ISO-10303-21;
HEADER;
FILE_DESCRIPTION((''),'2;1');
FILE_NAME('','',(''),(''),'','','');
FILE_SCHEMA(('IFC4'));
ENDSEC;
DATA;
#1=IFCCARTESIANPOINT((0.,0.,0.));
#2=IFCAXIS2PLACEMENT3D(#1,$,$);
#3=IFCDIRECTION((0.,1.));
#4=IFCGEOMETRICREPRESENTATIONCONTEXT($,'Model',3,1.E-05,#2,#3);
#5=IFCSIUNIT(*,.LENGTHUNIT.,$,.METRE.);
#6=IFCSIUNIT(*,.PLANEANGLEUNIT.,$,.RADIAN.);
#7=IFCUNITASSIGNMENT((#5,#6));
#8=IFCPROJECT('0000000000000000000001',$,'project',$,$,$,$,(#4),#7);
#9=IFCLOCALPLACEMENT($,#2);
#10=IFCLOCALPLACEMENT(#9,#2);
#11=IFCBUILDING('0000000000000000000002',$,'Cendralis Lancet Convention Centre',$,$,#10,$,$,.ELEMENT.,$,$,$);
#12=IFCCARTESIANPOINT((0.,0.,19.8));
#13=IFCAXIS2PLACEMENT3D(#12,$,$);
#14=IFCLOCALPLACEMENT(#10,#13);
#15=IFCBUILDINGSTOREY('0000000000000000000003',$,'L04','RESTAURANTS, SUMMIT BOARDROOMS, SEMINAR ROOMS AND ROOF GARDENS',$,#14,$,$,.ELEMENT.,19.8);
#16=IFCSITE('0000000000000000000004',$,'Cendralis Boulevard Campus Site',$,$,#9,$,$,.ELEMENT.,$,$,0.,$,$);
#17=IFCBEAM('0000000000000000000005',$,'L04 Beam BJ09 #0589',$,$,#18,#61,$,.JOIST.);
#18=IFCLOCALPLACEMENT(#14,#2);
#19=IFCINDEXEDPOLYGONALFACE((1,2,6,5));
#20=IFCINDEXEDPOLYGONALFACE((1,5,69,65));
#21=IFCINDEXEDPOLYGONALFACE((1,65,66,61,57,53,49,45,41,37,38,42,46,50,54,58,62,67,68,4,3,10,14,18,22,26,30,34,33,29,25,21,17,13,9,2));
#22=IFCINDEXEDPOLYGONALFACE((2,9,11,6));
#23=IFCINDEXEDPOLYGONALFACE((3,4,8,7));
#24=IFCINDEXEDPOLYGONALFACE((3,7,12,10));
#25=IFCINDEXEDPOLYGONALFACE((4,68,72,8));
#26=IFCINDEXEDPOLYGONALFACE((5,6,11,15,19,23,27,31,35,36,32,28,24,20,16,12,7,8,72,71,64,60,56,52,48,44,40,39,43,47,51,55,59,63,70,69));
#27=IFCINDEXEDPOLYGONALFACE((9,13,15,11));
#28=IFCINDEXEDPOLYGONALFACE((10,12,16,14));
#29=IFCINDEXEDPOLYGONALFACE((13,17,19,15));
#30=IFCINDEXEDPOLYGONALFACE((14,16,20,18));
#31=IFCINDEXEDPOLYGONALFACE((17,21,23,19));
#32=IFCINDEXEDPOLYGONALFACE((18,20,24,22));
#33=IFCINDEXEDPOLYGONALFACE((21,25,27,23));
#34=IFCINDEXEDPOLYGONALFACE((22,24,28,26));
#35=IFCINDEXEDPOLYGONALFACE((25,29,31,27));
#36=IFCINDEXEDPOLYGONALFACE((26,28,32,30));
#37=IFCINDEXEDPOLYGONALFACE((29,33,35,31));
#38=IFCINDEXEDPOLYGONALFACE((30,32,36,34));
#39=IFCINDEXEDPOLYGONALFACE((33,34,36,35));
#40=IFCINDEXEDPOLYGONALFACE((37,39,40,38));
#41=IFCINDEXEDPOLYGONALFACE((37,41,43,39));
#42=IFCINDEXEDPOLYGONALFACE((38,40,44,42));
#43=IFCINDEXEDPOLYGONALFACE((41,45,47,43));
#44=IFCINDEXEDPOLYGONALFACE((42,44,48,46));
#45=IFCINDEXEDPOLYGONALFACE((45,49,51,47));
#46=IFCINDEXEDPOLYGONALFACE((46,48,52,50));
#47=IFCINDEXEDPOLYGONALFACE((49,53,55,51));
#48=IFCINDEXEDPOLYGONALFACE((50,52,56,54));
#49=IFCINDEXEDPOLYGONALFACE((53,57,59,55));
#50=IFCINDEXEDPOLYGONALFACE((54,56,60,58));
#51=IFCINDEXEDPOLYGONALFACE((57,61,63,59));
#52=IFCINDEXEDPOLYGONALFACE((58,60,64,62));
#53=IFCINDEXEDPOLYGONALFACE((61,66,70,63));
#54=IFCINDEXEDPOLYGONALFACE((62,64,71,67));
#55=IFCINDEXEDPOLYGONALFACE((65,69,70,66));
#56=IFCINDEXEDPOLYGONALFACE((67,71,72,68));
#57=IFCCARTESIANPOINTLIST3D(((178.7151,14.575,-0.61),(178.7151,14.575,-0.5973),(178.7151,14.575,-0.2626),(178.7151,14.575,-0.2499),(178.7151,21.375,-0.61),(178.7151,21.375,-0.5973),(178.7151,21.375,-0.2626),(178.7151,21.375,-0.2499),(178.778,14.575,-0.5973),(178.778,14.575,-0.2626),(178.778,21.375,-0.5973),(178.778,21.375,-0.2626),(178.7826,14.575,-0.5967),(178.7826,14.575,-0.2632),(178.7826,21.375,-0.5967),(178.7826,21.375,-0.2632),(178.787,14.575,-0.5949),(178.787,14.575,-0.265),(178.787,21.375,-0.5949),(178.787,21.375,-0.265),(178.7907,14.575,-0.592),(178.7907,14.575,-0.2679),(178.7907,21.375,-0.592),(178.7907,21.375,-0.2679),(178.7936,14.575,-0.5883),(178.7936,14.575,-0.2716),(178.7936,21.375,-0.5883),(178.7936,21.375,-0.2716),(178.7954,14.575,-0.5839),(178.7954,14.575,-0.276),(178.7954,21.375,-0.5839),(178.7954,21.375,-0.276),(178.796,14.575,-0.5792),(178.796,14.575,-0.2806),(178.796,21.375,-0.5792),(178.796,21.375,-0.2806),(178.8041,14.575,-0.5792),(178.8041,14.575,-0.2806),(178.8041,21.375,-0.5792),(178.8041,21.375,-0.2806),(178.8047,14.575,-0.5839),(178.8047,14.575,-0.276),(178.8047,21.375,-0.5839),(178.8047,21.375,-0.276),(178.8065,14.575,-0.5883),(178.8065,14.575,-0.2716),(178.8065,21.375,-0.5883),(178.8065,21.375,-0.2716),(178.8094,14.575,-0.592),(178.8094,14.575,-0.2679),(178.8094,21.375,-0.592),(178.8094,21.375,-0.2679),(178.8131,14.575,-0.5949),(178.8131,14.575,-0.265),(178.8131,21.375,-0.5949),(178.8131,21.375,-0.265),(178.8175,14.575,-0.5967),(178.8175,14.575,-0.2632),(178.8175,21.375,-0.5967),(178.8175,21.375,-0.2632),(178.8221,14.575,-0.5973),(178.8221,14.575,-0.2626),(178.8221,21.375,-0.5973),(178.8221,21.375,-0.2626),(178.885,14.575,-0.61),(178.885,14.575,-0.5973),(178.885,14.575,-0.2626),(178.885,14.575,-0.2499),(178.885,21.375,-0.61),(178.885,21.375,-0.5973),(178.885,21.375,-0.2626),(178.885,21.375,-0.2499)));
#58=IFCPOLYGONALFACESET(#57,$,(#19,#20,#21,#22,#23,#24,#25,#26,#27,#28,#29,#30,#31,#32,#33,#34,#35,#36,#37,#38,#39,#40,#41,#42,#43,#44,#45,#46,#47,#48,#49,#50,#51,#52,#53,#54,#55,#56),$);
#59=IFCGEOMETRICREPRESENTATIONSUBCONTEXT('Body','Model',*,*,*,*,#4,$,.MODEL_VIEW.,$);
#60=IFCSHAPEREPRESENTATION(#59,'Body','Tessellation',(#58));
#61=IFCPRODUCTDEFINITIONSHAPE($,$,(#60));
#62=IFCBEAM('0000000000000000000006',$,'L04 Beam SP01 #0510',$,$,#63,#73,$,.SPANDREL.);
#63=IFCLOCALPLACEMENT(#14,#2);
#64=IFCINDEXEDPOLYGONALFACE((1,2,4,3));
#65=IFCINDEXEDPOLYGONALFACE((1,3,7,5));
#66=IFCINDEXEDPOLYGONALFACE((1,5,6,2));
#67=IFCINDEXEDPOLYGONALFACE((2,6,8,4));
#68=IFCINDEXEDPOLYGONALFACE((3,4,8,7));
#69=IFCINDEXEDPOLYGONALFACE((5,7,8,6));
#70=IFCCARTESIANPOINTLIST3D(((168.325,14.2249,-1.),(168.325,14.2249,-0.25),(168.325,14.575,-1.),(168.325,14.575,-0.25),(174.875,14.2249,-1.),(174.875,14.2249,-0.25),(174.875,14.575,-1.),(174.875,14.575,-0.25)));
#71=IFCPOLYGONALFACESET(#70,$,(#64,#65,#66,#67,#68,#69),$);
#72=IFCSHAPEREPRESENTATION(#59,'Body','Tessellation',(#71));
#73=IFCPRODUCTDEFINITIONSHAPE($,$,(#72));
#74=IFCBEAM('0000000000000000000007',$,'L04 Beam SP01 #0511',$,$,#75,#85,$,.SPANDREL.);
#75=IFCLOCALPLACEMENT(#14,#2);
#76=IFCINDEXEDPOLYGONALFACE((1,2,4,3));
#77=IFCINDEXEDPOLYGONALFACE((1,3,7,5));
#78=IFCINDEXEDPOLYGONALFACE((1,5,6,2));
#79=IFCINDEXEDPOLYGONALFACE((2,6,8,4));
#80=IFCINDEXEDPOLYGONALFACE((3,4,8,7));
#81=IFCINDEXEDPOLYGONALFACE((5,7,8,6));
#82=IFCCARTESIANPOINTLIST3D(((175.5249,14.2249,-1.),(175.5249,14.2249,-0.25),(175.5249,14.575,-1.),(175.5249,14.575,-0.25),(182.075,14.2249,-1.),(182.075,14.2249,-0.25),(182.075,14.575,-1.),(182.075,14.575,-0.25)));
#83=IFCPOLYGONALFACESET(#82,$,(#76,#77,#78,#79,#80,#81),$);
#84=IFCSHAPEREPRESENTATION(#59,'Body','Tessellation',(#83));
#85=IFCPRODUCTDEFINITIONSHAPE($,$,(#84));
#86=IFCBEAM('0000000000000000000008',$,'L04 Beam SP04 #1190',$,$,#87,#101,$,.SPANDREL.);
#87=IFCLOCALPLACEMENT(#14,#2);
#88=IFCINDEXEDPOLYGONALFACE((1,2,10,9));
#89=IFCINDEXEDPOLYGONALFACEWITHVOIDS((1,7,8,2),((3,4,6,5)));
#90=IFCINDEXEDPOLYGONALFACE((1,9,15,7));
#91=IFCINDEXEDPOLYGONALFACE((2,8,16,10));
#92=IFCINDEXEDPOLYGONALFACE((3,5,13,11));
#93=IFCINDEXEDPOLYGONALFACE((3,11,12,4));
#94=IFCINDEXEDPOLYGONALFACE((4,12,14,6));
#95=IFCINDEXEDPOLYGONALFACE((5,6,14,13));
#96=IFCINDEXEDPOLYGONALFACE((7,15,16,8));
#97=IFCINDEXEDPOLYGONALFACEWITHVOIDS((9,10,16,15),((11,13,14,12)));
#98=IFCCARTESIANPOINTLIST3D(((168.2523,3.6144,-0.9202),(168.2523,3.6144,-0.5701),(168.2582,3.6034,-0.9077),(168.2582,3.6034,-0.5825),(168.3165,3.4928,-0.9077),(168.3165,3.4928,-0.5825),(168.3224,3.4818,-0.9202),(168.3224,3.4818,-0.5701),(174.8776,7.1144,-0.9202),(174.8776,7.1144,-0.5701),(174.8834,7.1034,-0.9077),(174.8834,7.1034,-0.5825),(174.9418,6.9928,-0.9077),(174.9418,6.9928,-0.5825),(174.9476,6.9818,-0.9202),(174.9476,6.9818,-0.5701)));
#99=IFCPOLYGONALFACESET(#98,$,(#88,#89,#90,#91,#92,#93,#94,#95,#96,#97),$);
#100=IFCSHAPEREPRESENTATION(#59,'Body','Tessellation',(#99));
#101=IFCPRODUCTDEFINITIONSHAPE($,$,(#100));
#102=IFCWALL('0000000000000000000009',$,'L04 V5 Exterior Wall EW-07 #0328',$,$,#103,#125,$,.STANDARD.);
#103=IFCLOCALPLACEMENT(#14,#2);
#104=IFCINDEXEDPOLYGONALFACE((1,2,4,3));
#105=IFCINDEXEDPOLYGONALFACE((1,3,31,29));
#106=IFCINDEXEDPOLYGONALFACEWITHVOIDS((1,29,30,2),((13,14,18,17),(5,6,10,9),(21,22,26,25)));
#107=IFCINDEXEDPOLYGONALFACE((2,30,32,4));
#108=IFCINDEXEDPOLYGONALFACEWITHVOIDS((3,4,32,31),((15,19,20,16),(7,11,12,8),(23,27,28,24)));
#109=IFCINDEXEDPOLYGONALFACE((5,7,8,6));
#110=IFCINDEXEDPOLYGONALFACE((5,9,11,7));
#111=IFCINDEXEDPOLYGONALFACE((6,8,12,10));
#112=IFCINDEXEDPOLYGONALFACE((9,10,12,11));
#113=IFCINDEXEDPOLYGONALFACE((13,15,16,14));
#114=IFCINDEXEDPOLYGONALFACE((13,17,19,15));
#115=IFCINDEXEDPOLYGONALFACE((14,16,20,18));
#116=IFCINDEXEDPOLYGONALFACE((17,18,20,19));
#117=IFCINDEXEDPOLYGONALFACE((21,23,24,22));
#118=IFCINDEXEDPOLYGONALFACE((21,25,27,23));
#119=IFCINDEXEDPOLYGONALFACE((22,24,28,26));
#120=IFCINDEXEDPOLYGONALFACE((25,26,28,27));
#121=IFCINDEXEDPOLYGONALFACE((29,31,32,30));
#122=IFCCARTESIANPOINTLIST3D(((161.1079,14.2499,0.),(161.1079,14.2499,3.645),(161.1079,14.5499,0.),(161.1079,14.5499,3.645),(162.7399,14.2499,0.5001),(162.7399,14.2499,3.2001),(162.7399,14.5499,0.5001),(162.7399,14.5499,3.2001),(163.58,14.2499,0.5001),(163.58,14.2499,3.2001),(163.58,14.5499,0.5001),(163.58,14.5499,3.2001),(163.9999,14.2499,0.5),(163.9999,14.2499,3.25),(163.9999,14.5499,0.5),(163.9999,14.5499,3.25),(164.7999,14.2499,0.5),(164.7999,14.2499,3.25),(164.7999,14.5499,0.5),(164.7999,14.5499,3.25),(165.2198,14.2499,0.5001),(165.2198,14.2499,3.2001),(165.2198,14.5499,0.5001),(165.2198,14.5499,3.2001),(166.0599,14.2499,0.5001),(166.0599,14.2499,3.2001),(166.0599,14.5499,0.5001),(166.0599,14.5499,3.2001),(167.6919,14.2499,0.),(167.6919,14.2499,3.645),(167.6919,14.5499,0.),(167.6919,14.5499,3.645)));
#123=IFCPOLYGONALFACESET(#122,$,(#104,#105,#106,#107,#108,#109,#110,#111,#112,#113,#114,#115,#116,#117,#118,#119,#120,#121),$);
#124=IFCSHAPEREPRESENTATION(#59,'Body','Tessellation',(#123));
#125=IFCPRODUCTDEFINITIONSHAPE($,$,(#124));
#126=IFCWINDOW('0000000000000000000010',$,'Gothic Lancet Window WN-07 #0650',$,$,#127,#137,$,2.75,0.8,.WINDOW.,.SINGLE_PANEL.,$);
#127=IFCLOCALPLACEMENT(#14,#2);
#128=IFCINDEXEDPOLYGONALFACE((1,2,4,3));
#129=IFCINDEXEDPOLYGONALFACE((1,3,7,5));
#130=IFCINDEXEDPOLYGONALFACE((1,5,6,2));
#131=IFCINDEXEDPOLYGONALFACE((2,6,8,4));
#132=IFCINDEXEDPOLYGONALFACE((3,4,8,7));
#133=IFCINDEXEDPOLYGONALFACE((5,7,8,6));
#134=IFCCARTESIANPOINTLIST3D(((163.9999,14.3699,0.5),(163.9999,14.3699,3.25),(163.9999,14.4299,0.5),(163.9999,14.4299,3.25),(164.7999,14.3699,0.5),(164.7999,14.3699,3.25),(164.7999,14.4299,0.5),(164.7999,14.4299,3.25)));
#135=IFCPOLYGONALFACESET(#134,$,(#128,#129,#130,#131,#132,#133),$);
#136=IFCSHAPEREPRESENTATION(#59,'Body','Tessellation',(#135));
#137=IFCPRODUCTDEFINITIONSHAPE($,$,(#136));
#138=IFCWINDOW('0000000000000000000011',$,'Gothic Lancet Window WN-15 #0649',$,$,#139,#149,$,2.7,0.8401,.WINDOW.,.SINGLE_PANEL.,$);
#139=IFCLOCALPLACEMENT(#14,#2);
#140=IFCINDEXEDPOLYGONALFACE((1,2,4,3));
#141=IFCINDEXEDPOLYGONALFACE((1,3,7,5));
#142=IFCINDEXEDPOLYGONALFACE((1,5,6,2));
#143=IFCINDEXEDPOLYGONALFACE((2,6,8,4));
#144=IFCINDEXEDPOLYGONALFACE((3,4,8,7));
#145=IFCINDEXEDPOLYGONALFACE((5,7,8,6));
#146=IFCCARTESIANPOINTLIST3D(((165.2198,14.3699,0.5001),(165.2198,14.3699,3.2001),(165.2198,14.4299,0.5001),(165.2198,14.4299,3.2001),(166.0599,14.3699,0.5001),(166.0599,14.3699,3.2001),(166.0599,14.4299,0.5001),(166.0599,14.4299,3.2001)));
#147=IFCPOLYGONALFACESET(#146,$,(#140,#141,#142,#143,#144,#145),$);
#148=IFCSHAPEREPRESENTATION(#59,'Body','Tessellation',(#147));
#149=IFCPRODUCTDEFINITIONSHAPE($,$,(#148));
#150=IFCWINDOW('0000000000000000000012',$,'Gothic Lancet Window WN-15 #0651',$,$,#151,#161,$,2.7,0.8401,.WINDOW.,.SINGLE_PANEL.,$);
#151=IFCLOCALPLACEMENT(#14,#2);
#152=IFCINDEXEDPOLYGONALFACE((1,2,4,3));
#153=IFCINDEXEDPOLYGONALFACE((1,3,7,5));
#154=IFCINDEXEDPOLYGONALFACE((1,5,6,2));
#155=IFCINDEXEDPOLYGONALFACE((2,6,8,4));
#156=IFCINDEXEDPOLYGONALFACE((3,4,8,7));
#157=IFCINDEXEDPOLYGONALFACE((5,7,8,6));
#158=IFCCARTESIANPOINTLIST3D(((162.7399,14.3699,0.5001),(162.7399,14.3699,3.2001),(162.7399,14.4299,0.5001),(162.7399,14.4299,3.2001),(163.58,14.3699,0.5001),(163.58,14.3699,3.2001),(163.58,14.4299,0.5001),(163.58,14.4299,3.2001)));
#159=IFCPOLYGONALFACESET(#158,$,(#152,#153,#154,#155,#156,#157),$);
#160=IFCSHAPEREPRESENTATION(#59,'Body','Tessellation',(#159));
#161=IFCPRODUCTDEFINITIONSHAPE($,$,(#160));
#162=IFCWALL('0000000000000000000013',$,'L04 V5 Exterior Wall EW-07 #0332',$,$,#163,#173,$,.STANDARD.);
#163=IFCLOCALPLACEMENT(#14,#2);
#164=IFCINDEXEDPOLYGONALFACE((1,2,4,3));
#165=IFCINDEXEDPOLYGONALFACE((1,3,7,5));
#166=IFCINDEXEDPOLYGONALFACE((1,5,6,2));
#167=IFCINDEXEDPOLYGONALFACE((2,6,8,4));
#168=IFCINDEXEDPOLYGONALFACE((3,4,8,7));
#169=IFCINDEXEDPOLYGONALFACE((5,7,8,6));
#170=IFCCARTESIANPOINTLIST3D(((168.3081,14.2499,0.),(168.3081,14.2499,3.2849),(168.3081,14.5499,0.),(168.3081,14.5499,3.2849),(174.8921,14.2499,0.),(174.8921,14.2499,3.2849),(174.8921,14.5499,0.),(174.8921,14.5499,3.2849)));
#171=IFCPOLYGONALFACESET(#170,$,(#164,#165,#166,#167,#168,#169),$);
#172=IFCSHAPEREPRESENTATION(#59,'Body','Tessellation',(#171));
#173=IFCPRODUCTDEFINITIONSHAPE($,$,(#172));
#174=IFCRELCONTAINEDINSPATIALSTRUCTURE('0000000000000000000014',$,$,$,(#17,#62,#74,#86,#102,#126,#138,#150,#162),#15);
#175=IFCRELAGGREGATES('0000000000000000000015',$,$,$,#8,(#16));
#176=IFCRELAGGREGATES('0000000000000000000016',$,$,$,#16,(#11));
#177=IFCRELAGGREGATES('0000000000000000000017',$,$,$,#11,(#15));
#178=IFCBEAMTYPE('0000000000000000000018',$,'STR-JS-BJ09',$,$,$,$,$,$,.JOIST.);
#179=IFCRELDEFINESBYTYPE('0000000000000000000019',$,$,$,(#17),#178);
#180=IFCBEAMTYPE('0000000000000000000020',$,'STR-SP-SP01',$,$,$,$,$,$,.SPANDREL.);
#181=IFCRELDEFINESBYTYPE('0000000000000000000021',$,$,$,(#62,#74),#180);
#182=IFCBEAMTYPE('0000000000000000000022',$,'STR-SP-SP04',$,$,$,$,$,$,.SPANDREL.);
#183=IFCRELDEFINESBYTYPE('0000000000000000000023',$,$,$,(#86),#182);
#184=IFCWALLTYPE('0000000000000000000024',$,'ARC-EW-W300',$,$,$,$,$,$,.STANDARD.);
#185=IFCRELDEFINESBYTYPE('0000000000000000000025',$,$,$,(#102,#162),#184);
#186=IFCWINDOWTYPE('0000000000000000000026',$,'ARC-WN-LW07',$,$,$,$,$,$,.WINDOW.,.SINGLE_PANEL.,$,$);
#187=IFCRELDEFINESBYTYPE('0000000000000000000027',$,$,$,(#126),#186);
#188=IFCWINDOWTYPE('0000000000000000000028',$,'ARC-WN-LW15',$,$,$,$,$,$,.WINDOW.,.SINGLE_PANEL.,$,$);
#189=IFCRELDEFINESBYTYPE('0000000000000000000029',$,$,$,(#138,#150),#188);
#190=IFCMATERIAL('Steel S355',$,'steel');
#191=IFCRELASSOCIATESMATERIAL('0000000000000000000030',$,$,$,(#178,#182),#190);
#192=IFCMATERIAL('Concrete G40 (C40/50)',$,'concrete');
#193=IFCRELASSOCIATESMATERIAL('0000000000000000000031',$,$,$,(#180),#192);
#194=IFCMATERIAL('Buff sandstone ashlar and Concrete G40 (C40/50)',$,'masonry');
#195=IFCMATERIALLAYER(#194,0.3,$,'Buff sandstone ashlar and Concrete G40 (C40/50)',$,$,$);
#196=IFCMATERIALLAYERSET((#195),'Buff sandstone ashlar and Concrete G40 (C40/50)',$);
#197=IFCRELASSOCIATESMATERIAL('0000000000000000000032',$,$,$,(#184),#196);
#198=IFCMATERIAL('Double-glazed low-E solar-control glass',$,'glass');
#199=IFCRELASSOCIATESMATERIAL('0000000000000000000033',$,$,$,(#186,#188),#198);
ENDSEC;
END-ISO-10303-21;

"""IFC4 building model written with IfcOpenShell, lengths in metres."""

from ifc_helpers import new_model, si_unit, direction, frame, frame_2d, origin, origin_2d, place, context, subcontext, project, spatial, rectangle, hollow_rectangle, i_section, extrude, material, layer, layer_set, material_profile, profile_set, type_object, element, fill, save


model = new_model("IFC4")

# Units and contexts
model_context = context("Model", 3, precision=1e-05, world=origin(), true_north=direction((0.0, 1.0)))
body_context = subcontext(model_context, "Body", "Model", "MODEL_VIEW")
ifc_project = project(units=[si_unit("LENGTHUNIT", "METRE"), si_unit("PLANEANGLEUNIT", "RADIAN")], contexts=[model_context])

# Site, building, storey
site_placement = place(None, origin())
site = spatial("IfcSite", under=ifc_project, at=site_placement, Name="Cendralis Boulevard Campus Site", CompositionType="ELEMENT", RefElevation=0.0)
building_placement = place(site_placement, origin())
building = spatial("IfcBuilding", under=site, at=building_placement, Name="Cendralis Lancet Convention Centre", CompositionType="ELEMENT")
storey_placement = place(building_placement, frame((0.0, 0.0, 19.8)))
storey = spatial("IfcBuildingStorey", under=building, at=storey_placement, Name="L04", Description="RESTAURANTS, SUMMIT BOARDROOMS, SEMINAR ROOMS AND ROOF GARDENS", CompositionType="ELEMENT", Elevation=19.8)

# Shared definitions
ifc_material_1 = material(Name="Concrete G40 (C40/50)", Category="concrete")

# Beams
ifc_material_2 = material(Name="Steel S355", Category="steel")
ifc_material_profile_1 = material_profile(ifc_material_2, i_section(OverallWidth=0.1699, OverallDepth=0.3601, WebThickness=0.0081, FlangeThickness=0.0127, FilletRadius=0.0181, at=origin_2d()), Name="IPE 360")
ifc_profile_set_1 = profile_set([ifc_material_profile_1], Name="Steel S355")
beam_type_1 = type_object("IfcBeamType", Name="STR-JS-BJ09", PredefinedType="JOIST", material=ifc_profile_set_1)
for number, where, z_axis, x_axis, name in (
    (1, (178.8, 14.575, -0.4299), (0.0, 1.0, 0.0), (-1.0, 0.0, 0.0), "L04 Beam BJ09 #0589"),
):
    element("IfcBeam", number, at=place(storey_placement, frame(where, z_axis=z_axis, x_axis=x_axis)), inside=storey, type_object=beam_type_1, Name=name, PredefinedType="JOIST", context=body_context, shape_type="SweptSolid", body=[
        extrude(i_section(OverallWidth=0.1699, OverallDepth=0.3601, WebThickness=0.0081, FlangeThickness=0.0127, FilletRadius=0.0181, at=origin_2d()), origin(), (0.0, 0.0, 1.0), 6.8),
    ])
ifc_material_profile_2 = material_profile(ifc_material_1, rectangle(XDim=0.3501, YDim=0.75, at=origin_2d()), Name="RCB 350x750")
ifc_profile_set_2 = profile_set([ifc_material_profile_2], Name="Concrete G40 (C40/50)")
beam_type_2 = type_object("IfcBeamType", Name="STR-SP-SP01", PredefinedType="SPANDREL", material=ifc_profile_set_2)
for number, where, z_axis, x_axis, name in (
    (2, (168.325, 14.3999, -0.625), (1.0, 0.0, 0.0), (0.0, 1.0, 0.0), "L04 Beam SP01 #0510"),
    (3, (175.5249, 14.3999, -0.625), (1.0, 0.0, 0.0), (0.0, 1.0, 0.0), "L04 Beam SP01 #0511"),
):
    element("IfcBeam", number, at=place(storey_placement, frame(where, z_axis=z_axis, x_axis=x_axis)), inside=storey, type_object=beam_type_2, Name=name, PredefinedType="SPANDREL", context=body_context, shape_type="SweptSolid", body=[
        extrude(rectangle(XDim=0.3501, YDim=0.75, at=origin_2d()), origin(), (0.0, 0.0, 1.0), 6.55),
    ])
ifc_material_profile_3 = material_profile(ifc_material_2, hollow_rectangle(XDim=0.1499, YDim=0.3501, WallThickness=0.0125, at=origin_2d()), Name="RHS 350x150x12.5")
ifc_profile_set_3 = profile_set([ifc_material_profile_3], Name="Steel S355")
beam_type_3 = type_object("IfcBeamType", Name="STR-SP-SP04", PredefinedType="SPANDREL", material=ifc_profile_set_3)
beam_1_placement = place(storey_placement, frame((168.2874, 3.5481, -0.7451), z_axis=(0.8842, 0.467108, 0.0), x_axis=(-0.467108, 0.8842, 0.0)))
element("IfcBeam", 4, at=beam_1_placement, inside=storey, type_object=beam_type_3, Name="L04 Beam SP04 #1190", PredefinedType="SPANDREL", context=body_context, shape_type="SweptSolid", body=[
    extrude(hollow_rectangle(XDim=0.1499, YDim=0.3501, WallThickness=0.0125, at=origin_2d()), origin(), (0.0, 0.0, 1.0), 7.4929),
])

# Wall, openings, windows
ifc_material_3 = material(Name="Buff sandstone ashlar and Concrete G40 (C40/50)", Category="masonry")
ifc_layer_1 = layer(ifc_material_3, 0.3, Name="Buff sandstone ashlar and Concrete G40 (C40/50)")
ifc_layer_set_1 = layer_set([ifc_layer_1], Name="Buff sandstone ashlar and Concrete G40 (C40/50)")
wall_type_1 = type_object("IfcWallType", Name="ARC-EW-W300", PredefinedType="STANDARD", material=ifc_layer_set_1)
wall_1_placement = place(storey_placement, frame((167.6919, 14.3999, 0.0), z_axis=(0.0, 0.0, 1.0), x_axis=(-1.0, 0.0, 0.0)))
wall_1 = element("IfcWall", 5, at=wall_1_placement, inside=storey, type_object=wall_type_1, Name="L04 V5 Exterior Wall EW-07 #0328", PredefinedType="STANDARD", context=body_context, shape_type="SweptSolid", body=[
    extrude(rectangle(XDim=6.584, YDim=0.3, at=frame_2d((3.292, 0.0))), origin(), (0.0, 0.0, 1.0), 3.645),
])
opening_1_placement = place(wall_1_placement, frame((1.6321, 0.0, 0.5)))
opening_1 = element("IfcOpeningElement", 6, at=opening_1_placement, cuts=wall_1, PredefinedType="OPENING", context=body_context, shape_type="SweptSolid", body=[
    extrude(rectangle(XDim=0.8401, YDim=2.7, at=frame_2d((0.4199, 1.3501))), frame((0.0, 0.1599, 0.0), z_axis=(0.0, -1.0, 0.0), x_axis=(1.0, 0.0, 0.0)), (0.0, 0.0, 1.0), 0.3201),
])
opening_2_placement = place(wall_1_placement, frame((2.8921, 0.0, 0.5)))
opening_2 = element("IfcOpeningElement", 7, at=opening_2_placement, cuts=wall_1, PredefinedType="OPENING", context=body_context, shape_type="SweptSolid", body=[
    extrude(rectangle(XDim=0.8, YDim=2.75, at=frame_2d((0.3999, 1.375))), frame((0.0, 0.1599, 0.0), z_axis=(0.0, -1.0, 0.0), x_axis=(1.0, 0.0, 0.0)), (0.0, 0.0, 1.0), 0.3201),
])
opening_3_placement = place(wall_1_placement, frame((4.1121, 0.0, 0.5)))
opening_3 = element("IfcOpeningElement", 8, at=opening_3_placement, cuts=wall_1, PredefinedType="OPENING", context=body_context, shape_type="SweptSolid", body=[
    extrude(rectangle(XDim=0.8401, YDim=2.7, at=frame_2d((0.4199, 1.3501))), frame((0.0, 0.1599, 0.0), z_axis=(0.0, -1.0, 0.0), x_axis=(1.0, 0.0, 0.0)), (0.0, 0.0, 1.0), 0.3201),
])
ifc_material_4 = material(Name="Double-glazed low-E solar-control glass", Category="glass")
window_type_1 = type_object("IfcWindowType", Name="ARC-WN-LW07", PartitioningType="SINGLE_PANEL", PredefinedType="WINDOW", material=ifc_material_4)
window_1_placement = place(opening_2_placement, origin())
window_1 = element("IfcWindow", 9, at=window_1_placement, inside=storey, type_object=window_type_1, Name="Gothic Lancet Window WN-07 #0650", OverallHeight=2.75, OverallWidth=0.8, PartitioningType="SINGLE_PANEL", PredefinedType="WINDOW", context=body_context, shape_type="SweptSolid", body=[
    extrude(rectangle(XDim=0.8, YDim=2.75, at=frame_2d((0.3999, 1.375))), frame((0.0, 0.03, 0.0), z_axis=(0.0, -1.0, 0.0), x_axis=(1.0, 0.0, 0.0)), (0.0, 0.0, 1.0), 0.0601),
])
fill(opening_2, window_1)
window_type_2 = type_object("IfcWindowType", Name="ARC-WN-LW15", PartitioningType="SINGLE_PANEL", PredefinedType="WINDOW", material=ifc_material_4)
window_2_placement = place(opening_1_placement, origin())
window_2 = element("IfcWindow", 10, at=window_2_placement, inside=storey, type_object=window_type_2, Name="Gothic Lancet Window WN-15 #0649", OverallHeight=2.7, OverallWidth=0.8401, PartitioningType="SINGLE_PANEL", PredefinedType="WINDOW", context=body_context, shape_type="SweptSolid", body=[
    extrude(rectangle(XDim=0.8401, YDim=2.7, at=frame_2d((0.4199, 1.3501))), frame((0.0, 0.03, 0.0), z_axis=(0.0, -1.0, 0.0), x_axis=(1.0, 0.0, 0.0)), (0.0, 0.0, 1.0), 0.0601),
])
fill(opening_1, window_2)
window_3_placement = place(opening_3_placement, origin())
window_3 = element("IfcWindow", 11, at=window_3_placement, inside=storey, type_object=window_type_2, Name="Gothic Lancet Window WN-15 #0651", OverallHeight=2.7, OverallWidth=0.8401, PartitioningType="SINGLE_PANEL", PredefinedType="WINDOW", context=body_context, shape_type="SweptSolid", body=[
    extrude(rectangle(XDim=0.8401, YDim=2.7, at=frame_2d((0.4199, 1.3501))), frame((0.0, 0.03, 0.0), z_axis=(0.0, -1.0, 0.0), x_axis=(1.0, 0.0, 0.0)), (0.0, 0.0, 1.0), 0.0601),
])
fill(opening_3, window_3)

# Wall
wall_2_placement = place(storey_placement, frame((174.8921, 14.3999, 0.0), z_axis=(0.0, 0.0, 1.0), x_axis=(-1.0, 0.0, 0.0)))
element("IfcWall", 12, at=wall_2_placement, inside=storey, type_object=wall_type_1, Name="L04 V5 Exterior Wall EW-07 #0332", PredefinedType="STANDARD", context=body_context, shape_type="SweptSolid", body=[
    extrude(rectangle(XDim=6.584, YDim=0.3, at=frame_2d((3.292, 0.0))), origin(), (0.0, 0.0, 1.0), 3.2849),
])

save(model, "model.ifc")
